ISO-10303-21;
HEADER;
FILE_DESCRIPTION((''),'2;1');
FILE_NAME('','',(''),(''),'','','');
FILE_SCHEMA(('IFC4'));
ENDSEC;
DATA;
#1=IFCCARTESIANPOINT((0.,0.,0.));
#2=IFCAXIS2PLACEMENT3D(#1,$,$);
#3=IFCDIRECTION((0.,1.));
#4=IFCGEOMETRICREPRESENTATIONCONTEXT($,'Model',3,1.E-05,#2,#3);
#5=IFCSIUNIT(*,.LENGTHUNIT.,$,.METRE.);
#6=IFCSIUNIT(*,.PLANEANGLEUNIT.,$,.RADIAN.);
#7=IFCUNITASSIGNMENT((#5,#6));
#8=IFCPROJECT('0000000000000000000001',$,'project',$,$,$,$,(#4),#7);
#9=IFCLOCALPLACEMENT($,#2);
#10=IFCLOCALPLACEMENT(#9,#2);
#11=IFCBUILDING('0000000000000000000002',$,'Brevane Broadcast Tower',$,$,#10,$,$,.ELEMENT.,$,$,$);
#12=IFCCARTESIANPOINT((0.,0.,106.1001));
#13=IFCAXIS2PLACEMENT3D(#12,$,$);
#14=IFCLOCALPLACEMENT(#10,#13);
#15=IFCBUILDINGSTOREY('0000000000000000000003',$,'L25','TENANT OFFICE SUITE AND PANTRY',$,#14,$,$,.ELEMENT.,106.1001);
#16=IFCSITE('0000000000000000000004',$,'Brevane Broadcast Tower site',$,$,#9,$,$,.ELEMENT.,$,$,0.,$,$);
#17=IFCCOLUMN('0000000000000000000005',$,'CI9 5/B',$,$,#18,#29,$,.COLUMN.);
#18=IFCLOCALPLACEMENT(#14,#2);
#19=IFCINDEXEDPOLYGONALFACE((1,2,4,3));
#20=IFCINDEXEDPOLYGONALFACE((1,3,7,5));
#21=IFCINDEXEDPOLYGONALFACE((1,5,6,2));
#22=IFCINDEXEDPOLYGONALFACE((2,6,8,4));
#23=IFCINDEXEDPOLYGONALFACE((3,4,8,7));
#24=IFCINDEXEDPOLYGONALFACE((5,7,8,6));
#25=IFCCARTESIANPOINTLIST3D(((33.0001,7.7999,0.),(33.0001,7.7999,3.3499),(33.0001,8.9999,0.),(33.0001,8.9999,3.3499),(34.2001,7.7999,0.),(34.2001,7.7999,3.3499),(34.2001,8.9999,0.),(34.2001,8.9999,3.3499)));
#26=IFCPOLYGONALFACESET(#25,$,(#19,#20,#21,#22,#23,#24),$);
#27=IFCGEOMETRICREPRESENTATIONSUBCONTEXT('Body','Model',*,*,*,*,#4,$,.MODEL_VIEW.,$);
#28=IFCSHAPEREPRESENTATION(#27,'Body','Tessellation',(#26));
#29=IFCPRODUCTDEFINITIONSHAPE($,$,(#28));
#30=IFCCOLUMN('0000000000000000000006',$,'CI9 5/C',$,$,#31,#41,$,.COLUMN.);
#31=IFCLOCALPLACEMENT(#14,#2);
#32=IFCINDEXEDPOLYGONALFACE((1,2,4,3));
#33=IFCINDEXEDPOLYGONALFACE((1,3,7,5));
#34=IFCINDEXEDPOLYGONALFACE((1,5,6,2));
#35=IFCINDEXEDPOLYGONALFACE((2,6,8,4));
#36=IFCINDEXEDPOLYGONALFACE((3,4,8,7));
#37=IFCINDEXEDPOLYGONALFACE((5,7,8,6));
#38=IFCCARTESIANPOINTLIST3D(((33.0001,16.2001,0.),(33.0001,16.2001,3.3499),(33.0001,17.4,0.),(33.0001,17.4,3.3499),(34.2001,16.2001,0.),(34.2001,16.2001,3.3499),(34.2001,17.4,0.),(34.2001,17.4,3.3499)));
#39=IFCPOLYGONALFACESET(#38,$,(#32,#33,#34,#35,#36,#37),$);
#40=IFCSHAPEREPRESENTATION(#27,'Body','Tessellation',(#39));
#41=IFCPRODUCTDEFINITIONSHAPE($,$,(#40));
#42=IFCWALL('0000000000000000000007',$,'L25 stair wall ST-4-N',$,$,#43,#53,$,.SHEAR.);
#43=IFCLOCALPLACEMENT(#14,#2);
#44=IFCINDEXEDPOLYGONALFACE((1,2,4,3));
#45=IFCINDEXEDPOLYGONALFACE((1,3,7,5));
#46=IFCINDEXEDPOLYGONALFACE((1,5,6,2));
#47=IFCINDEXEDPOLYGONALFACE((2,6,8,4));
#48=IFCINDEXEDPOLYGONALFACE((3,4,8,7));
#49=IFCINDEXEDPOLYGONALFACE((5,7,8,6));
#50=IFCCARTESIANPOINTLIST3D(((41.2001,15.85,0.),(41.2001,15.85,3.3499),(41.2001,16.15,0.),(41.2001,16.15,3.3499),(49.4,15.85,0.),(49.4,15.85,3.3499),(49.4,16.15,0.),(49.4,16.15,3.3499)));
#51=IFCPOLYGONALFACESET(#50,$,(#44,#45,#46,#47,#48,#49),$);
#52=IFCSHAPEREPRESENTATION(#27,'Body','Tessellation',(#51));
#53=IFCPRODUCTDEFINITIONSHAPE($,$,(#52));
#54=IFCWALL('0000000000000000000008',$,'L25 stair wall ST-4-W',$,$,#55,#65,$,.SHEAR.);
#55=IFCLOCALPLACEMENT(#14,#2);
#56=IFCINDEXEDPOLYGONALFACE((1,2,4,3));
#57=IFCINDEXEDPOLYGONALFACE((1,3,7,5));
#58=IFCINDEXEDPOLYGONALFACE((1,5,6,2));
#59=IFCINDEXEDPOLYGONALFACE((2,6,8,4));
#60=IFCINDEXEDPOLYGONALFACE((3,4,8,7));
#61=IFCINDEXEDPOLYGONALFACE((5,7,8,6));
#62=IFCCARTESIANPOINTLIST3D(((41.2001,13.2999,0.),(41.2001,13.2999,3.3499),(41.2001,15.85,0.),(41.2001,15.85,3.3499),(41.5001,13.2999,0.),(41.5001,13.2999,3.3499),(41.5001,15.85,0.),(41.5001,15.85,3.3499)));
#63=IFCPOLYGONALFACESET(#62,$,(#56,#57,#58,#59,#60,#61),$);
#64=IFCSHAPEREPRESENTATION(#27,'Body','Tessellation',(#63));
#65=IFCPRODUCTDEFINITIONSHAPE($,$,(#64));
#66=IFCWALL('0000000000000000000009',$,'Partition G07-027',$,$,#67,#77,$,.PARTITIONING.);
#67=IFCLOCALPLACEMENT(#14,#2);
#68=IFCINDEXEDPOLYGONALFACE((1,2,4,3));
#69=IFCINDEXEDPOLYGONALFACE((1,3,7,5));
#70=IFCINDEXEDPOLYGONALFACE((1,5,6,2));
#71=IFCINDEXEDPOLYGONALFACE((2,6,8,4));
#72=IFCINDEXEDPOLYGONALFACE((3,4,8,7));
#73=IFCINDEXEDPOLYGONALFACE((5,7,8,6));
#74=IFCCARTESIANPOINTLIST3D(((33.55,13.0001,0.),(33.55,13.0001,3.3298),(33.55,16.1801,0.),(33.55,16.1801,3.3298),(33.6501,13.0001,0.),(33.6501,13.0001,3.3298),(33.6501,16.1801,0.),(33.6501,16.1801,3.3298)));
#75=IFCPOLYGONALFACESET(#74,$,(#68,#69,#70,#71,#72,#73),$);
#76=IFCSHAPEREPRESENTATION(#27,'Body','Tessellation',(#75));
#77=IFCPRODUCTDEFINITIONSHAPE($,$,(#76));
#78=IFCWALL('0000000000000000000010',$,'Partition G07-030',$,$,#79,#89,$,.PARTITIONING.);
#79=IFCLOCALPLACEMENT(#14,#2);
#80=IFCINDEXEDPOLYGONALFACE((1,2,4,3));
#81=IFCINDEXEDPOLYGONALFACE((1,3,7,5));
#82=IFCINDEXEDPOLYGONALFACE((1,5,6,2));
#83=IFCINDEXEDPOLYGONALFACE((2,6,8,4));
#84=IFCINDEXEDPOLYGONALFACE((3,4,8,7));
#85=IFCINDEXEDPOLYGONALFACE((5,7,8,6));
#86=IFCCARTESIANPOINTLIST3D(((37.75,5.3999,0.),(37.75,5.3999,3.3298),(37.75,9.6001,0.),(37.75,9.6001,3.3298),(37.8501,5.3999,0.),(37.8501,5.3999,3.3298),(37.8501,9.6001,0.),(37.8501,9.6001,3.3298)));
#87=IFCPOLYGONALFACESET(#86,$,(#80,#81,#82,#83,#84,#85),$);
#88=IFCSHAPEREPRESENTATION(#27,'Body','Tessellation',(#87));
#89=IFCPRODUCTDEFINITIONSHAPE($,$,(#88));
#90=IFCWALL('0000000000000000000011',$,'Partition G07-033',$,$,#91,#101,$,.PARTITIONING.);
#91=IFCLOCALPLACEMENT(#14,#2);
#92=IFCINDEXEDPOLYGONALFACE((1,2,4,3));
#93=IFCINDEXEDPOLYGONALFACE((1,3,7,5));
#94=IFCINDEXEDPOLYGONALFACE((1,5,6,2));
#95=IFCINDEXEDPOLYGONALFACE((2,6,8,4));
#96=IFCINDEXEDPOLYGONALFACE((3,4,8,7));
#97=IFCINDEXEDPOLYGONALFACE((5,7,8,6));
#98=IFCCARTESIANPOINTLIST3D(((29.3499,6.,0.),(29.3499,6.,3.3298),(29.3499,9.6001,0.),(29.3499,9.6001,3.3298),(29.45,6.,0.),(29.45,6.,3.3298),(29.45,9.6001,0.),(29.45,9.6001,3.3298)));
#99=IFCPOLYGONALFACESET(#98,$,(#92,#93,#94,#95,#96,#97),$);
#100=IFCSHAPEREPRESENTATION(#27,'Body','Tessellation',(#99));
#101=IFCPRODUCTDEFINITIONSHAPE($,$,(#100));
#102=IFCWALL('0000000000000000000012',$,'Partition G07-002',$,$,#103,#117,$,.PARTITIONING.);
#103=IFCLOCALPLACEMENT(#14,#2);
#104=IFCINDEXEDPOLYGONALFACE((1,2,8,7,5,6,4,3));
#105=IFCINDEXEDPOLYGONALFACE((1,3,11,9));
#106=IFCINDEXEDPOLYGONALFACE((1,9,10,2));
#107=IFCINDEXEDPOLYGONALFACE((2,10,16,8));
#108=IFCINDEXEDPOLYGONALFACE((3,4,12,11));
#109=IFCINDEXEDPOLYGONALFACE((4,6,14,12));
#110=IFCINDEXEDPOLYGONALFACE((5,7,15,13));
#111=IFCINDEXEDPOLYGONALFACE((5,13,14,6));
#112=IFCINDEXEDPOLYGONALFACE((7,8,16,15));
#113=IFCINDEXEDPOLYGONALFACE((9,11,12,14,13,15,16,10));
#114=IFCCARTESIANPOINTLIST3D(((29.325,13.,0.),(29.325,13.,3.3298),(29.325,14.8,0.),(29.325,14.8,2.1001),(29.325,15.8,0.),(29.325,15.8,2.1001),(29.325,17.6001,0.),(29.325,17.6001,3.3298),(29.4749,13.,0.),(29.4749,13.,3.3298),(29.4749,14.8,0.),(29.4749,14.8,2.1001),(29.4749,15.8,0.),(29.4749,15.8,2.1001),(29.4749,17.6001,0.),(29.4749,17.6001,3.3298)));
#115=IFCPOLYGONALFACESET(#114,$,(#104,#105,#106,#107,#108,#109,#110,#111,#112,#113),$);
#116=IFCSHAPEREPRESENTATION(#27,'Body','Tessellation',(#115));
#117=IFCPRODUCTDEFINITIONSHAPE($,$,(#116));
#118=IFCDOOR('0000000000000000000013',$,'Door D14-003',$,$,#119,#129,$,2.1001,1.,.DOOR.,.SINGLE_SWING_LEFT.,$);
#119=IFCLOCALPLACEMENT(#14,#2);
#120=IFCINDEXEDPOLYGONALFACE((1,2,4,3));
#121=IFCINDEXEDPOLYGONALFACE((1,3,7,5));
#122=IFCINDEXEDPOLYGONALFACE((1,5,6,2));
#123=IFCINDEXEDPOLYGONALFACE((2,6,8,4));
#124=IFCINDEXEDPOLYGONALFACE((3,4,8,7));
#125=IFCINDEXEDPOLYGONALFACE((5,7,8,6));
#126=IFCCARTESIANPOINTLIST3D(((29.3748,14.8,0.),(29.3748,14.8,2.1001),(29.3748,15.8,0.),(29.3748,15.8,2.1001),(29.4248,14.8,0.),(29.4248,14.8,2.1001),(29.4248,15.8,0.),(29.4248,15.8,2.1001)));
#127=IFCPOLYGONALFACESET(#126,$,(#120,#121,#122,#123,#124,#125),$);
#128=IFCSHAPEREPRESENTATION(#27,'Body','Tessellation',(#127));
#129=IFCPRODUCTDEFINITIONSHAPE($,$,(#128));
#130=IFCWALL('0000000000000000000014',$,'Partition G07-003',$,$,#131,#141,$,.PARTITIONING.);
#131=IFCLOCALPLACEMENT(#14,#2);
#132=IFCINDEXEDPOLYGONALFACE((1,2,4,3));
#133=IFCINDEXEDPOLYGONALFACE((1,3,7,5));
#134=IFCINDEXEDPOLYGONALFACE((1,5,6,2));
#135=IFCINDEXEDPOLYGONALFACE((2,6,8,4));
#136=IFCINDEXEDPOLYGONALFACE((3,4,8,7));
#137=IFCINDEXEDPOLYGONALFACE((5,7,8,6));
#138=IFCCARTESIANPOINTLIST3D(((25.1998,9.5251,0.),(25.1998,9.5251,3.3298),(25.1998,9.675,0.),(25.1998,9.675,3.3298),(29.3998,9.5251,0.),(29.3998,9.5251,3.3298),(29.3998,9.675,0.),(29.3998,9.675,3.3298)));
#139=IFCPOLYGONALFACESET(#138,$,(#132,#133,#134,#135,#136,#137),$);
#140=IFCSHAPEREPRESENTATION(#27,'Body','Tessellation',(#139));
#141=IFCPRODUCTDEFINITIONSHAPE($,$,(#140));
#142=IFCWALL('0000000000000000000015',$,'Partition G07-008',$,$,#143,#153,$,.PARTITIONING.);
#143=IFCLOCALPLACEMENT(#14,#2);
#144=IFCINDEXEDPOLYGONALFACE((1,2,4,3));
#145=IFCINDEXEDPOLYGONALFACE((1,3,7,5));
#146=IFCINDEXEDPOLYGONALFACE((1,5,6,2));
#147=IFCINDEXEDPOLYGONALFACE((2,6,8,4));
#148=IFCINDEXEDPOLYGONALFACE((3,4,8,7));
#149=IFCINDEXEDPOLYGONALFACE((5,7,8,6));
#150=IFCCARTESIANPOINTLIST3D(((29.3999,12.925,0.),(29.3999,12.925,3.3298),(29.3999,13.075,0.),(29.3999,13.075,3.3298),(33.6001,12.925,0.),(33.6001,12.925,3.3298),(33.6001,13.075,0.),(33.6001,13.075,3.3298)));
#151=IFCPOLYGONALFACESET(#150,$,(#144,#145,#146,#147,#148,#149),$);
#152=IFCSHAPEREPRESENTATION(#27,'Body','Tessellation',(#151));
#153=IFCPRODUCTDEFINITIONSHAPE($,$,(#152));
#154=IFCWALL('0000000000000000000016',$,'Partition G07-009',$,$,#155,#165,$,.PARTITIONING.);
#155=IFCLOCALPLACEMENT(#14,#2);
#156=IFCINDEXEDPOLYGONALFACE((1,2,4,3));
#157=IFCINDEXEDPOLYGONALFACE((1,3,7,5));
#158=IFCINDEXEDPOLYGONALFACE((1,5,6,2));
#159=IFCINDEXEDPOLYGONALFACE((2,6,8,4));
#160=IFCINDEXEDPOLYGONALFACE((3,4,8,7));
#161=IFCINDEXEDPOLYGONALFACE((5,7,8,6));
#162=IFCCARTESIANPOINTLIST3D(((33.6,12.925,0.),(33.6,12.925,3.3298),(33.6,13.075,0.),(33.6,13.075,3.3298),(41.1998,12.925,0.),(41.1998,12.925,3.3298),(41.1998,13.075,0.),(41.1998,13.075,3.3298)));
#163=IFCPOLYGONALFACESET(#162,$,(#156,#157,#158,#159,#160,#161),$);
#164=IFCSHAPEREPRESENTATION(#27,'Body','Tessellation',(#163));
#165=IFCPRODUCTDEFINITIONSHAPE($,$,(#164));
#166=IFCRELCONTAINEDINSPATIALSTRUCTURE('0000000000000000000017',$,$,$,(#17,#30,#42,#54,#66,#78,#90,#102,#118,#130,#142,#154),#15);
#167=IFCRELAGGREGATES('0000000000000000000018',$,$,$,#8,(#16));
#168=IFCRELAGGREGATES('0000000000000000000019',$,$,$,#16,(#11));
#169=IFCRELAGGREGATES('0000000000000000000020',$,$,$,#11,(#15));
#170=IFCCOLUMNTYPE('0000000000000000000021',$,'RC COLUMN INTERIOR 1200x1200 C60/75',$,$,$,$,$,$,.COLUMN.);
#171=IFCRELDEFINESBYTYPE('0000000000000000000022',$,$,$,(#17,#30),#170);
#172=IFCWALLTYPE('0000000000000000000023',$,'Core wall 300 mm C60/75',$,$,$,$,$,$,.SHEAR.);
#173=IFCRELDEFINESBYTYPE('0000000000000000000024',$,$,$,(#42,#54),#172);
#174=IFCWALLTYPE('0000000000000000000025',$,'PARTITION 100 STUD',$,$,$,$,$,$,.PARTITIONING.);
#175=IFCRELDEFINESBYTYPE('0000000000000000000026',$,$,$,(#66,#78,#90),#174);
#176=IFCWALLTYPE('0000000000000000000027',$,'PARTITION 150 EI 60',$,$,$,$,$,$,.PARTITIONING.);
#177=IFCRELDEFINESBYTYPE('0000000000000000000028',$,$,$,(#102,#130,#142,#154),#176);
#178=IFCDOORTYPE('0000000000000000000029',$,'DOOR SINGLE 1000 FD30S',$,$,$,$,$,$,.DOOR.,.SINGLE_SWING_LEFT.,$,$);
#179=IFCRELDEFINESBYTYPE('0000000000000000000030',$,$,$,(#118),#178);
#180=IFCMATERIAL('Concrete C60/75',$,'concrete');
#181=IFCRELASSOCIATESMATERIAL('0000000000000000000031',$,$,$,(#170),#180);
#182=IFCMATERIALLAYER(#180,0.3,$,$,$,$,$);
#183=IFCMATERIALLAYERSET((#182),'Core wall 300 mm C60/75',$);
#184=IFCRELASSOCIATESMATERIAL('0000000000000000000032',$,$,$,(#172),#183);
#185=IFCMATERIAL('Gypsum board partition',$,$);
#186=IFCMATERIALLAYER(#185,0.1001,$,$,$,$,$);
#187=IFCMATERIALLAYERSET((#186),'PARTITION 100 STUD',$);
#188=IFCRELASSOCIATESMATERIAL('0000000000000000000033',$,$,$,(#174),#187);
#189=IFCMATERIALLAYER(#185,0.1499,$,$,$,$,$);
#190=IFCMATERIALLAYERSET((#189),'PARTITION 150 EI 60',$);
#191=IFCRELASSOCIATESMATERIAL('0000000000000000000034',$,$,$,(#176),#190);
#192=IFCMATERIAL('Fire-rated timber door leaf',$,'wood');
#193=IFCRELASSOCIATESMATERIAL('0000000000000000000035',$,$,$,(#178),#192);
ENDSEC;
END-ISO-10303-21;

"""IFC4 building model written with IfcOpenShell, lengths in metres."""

from ifc_helpers import new_model, si_unit, direction, frame, frame_2d, origin, origin_2d, place, context, subcontext, project, spatial, rectangle, extrude, material, layer, layer_set, material_profile, profile_set, type_object, element, fill, save


model = new_model("IFC4")

# Units and contexts
model_context = context("Model", 3, precision=1e-05, world=origin(), true_north=direction((0.0, 1.0)))
body_context = subcontext(model_context, "Body", "Model", "MODEL_VIEW")
ifc_project = project(units=[si_unit("LENGTHUNIT", "METRE"), si_unit("PLANEANGLEUNIT", "RADIAN")], contexts=[model_context])

# Site, building, storey
site_placement = place(None, origin())
site = spatial("IfcSite", under=ifc_project, at=site_placement, Name="Brevane Broadcast Tower site", CompositionType="ELEMENT", RefElevation=0.0)
building_placement = place(site_placement, origin())
building = spatial("IfcBuilding", under=site, at=building_placement, Name="Brevane Broadcast Tower", CompositionType="ELEMENT")
storey_placement = place(building_placement, frame((0.0, 0.0, 106.1001)))
storey = spatial("IfcBuildingStorey", under=building, at=storey_placement, Name="L25", Description="TENANT OFFICE SUITE AND PANTRY", CompositionType="ELEMENT", Elevation=106.1001)

# Columns
ifc_material_1 = material(Name="Concrete C60/75", Category="concrete")
ifc_material_profile = material_profile(ifc_material_1, rectangle(XDim=1.2, YDim=1.2, at=origin_2d()), Name="RC 1200x1200")
ifc_profile_set = profile_set([ifc_material_profile], Name="Concrete C60/75")
column_type = type_object("IfcColumnType", Name="RC COLUMN INTERIOR 1200x1200 C60/75", PredefinedType="COLUMN", material=ifc_profile_set)
for number, where, z_axis, x_axis, name in (
    (1, (33.6001, 8.3999, 0.0), (0.0, 0.0, 1.0), (1.0, 0.0, 0.0), "CI9 5/B"),
    (2, (33.6001, 16.8, 0.0), (0.0, 0.0, 1.0), (1.0, 0.0, 0.0), "CI9 5/C"),
):
    element("IfcColumn", number, at=place(storey_placement, frame(where, z_axis=z_axis, x_axis=x_axis)), inside=storey, type_object=column_type, Name=name, PredefinedType="COLUMN", context=body_context, shape_type="SweptSolid", body=[
        extrude(rectangle(XDim=1.2, YDim=1.2, at=origin_2d()), origin(), (0.0, 0.0, 1.0), 3.3499),
    ])

# Walls
ifc_layer_1 = layer(ifc_material_1, 0.3)
ifc_layer_set_1 = layer_set([ifc_layer_1], Name="Core wall 300 mm C60/75")
wall_type_1 = type_object("IfcWallType", Name="Core wall 300 mm C60/75", PredefinedType="SHEAR", material=ifc_layer_set_1)
wall_1_placement = place(storey_placement, frame((41.2, 16.0, 0.0), z_axis=(0.0, 0.0, 1.0), x_axis=(1.0, 0.0, 0.0)))
element("IfcWall", 3, at=wall_1_placement, inside=storey, type_object=wall_type_1, Name="L25 stair wall ST-4-N", PredefinedType="SHEAR", context=body_context, shape_type="SweptSolid", body=[
    extrude(rectangle(XDim=8.2, YDim=0.3, at=frame_2d((4.1001, 0.0))), origin(), (0.0, 0.0, 1.0), 3.3499),
])
wall_2_placement = place(storey_placement, frame((41.3501, 13.3, 0.0), z_axis=(0.0, 0.0, 1.0), x_axis=(0.0, 1.0, 0.0)))
element("IfcWall", 4, at=wall_2_placement, inside=storey, type_object=wall_type_1, Name="L25 stair wall ST-4-W", PredefinedType="SHEAR", context=body_context, shape_type="SweptSolid", body=[
    extrude(rectangle(XDim=2.55, YDim=0.3, at=frame_2d((1.2749, 0.0))), origin(), (0.0, 0.0, 1.0), 3.3499),
])
ifc_material_2 = material(Name="Gypsum board partition")
ifc_layer_2 = layer(ifc_material_2, 0.1001)
ifc_layer_set_2 = layer_set([ifc_layer_2], Name="PARTITION 100 STUD")
wall_type_2 = type_object("IfcWallType", Name="PARTITION 100 STUD", PredefinedType="PARTITIONING", material=ifc_layer_set_2)
wall_3_placement = place(storey_placement, frame((33.6001, 16.1799, 0.0), z_axis=(0.0, 0.0, 1.0), x_axis=(0.0, -1.0, 0.0)))
element("IfcWall", 5, at=wall_3_placement, inside=storey, type_object=wall_type_2, Name="Partition G07-027", PredefinedType="PARTITIONING", context=body_context, shape_type="SweptSolid", body=[
    extrude(rectangle(XDim=3.1799, YDim=0.1001, at=frame_2d((1.5898, 0.0))), origin(), (0.0, 0.0, 1.0), 3.3298),
])
wall_4_placement = place(storey_placement, frame((37.8, 9.6001, 0.0), z_axis=(0.0, 0.0, 1.0), x_axis=(0.0, -1.0, 0.0)))
element("IfcWall", 6, at=wall_4_placement, inside=storey, type_object=wall_type_2, Name="Partition G07-030", PredefinedType="PARTITIONING", context=body_context, shape_type="SweptSolid", body=[
    extrude(rectangle(XDim=4.2002, YDim=0.1001, at=frame_2d((2.1001, 0.0))), origin(), (0.0, 0.0, 1.0), 3.3298),
])
wall_5_placement = place(storey_placement, frame((29.3999, 6.0, 0.0), z_axis=(0.0, 0.0, 1.0), x_axis=(0.0, 1.0, 0.0)))
element("IfcWall", 7, at=wall_5_placement, inside=storey, type_object=wall_type_2, Name="Partition G07-033", PredefinedType="PARTITIONING", context=body_context, shape_type="SweptSolid", body=[
    extrude(rectangle(XDim=3.6001, YDim=0.1001, at=frame_2d((1.8, 0.0))), origin(), (0.0, 0.0, 1.0), 3.3298),
])

# Wall, opening, door
ifc_layer_3 = layer(ifc_material_2, 0.1499)
ifc_layer_set_3 = layer_set([ifc_layer_3], Name="PARTITION 150 EI 60")
wall_type_3 = type_object("IfcWallType", Name="PARTITION 150 EI 60", PredefinedType="PARTITIONING", material=ifc_layer_set_3)
wall_6_placement = place(storey_placement, frame((29.3999, 17.6001, 0.0), z_axis=(0.0, 0.0, 1.0), x_axis=(0.0, -1.0, 0.0)))
wall_6 = element("IfcWall", 8, at=wall_6_placement, inside=storey, type_object=wall_type_3, Name="Partition G07-002", PredefinedType="PARTITIONING", context=body_context, shape_type="SweptSolid", body=[
    extrude(rectangle(XDim=4.6001, YDim=0.1499, at=frame_2d((2.3, 0.0))), origin(), (0.0, 0.0, 1.0), 3.3298),
])
opening_1_placement = place(wall_6_placement, frame((1.8, 0.0, 0.0)))
opening_1 = element("IfcOpeningElement", 9, at=opening_1_placement, cuts=wall_6, PredefinedType="OPENING", context=body_context, shape_type="SweptSolid", body=[
    extrude(rectangle(XDim=1.0, YDim=2.1001, at=frame_2d((0.5, 1.05))), frame((0.0, 0.085, 0.0), z_axis=(0.0, -1.0, 0.0), x_axis=(1.0, 0.0, 0.0)), (0.0, 0.0, 1.0), 0.1699),
])
ifc_material_3 = material(Name="Fire-rated timber door leaf", Category="wood")
door_type_1 = type_object("IfcDoorType", Name="DOOR SINGLE 1000 FD30S", OperationType="SINGLE_SWING_LEFT", PredefinedType="DOOR", material=ifc_material_3)
door_1_placement = place(opening_1_placement, origin())
door_1 = element("IfcDoor", 10, at=door_1_placement, inside=storey, type_object=door_type_1, Name="Door D14-003", OperationType="SINGLE_SWING_LEFT", OverallHeight=2.1001, OverallWidth=1.0, PredefinedType="DOOR", context=body_context, shape_type="SweptSolid", body=[
    extrude(rectangle(XDim=1.0, YDim=2.1001, at=frame_2d((0.5, 1.05))), frame((0.0, 0.0249, 0.0), z_axis=(0.0, -1.0, 0.0), x_axis=(1.0, 0.0, 0.0)), (0.0, 0.0, 1.0), 0.05),
])
fill(opening_1, door_1)

# Walls
wall_7_placement = place(storey_placement, frame((29.3999, 9.6001, 0.0), z_axis=(0.0, 0.0, 1.0), x_axis=(-1.0, 0.0, 0.0)))
element("IfcWall", 11, at=wall_7_placement, inside=storey, type_object=wall_type_3, Name="Partition G07-003", PredefinedType="PARTITIONING", context=body_context, shape_type="SweptSolid", body=[
    extrude(rectangle(XDim=4.2, YDim=0.1499, at=frame_2d((2.1001, 0.0))), origin(), (0.0, 0.0, 1.0), 3.3298),
])
wall_8_placement = place(storey_placement, frame((29.3999, 13.0, 0.0), z_axis=(0.0, 0.0, 1.0), x_axis=(1.0, 0.0, 0.0)))
element("IfcWall", 12, at=wall_8_placement, inside=storey, type_object=wall_type_3, Name="Partition G07-008", PredefinedType="PARTITIONING", context=body_context, shape_type="SweptSolid", body=[
    extrude(rectangle(XDim=4.2002, YDim=0.1499, at=frame_2d((2.1001, 0.0))), origin(), (0.0, 0.0, 1.0), 3.3298),
])
wall_9_placement = place(storey_placement, frame((33.6001, 13.0, 0.0), z_axis=(0.0, 0.0, 1.0), x_axis=(1.0, 0.0, 0.0)))
element("IfcWall", 13, at=wall_9_placement, inside=storey, type_object=wall_type_3, Name="Partition G07-009", PredefinedType="PARTITIONING", context=body_context, shape_type="SweptSolid", body=[
    extrude(rectangle(XDim=7.5999, YDim=0.1499, at=frame_2d((3.7998, 0.0))), origin(), (0.0, 0.0, 1.0), 3.3298),
])

save(model, "model.ifc")
